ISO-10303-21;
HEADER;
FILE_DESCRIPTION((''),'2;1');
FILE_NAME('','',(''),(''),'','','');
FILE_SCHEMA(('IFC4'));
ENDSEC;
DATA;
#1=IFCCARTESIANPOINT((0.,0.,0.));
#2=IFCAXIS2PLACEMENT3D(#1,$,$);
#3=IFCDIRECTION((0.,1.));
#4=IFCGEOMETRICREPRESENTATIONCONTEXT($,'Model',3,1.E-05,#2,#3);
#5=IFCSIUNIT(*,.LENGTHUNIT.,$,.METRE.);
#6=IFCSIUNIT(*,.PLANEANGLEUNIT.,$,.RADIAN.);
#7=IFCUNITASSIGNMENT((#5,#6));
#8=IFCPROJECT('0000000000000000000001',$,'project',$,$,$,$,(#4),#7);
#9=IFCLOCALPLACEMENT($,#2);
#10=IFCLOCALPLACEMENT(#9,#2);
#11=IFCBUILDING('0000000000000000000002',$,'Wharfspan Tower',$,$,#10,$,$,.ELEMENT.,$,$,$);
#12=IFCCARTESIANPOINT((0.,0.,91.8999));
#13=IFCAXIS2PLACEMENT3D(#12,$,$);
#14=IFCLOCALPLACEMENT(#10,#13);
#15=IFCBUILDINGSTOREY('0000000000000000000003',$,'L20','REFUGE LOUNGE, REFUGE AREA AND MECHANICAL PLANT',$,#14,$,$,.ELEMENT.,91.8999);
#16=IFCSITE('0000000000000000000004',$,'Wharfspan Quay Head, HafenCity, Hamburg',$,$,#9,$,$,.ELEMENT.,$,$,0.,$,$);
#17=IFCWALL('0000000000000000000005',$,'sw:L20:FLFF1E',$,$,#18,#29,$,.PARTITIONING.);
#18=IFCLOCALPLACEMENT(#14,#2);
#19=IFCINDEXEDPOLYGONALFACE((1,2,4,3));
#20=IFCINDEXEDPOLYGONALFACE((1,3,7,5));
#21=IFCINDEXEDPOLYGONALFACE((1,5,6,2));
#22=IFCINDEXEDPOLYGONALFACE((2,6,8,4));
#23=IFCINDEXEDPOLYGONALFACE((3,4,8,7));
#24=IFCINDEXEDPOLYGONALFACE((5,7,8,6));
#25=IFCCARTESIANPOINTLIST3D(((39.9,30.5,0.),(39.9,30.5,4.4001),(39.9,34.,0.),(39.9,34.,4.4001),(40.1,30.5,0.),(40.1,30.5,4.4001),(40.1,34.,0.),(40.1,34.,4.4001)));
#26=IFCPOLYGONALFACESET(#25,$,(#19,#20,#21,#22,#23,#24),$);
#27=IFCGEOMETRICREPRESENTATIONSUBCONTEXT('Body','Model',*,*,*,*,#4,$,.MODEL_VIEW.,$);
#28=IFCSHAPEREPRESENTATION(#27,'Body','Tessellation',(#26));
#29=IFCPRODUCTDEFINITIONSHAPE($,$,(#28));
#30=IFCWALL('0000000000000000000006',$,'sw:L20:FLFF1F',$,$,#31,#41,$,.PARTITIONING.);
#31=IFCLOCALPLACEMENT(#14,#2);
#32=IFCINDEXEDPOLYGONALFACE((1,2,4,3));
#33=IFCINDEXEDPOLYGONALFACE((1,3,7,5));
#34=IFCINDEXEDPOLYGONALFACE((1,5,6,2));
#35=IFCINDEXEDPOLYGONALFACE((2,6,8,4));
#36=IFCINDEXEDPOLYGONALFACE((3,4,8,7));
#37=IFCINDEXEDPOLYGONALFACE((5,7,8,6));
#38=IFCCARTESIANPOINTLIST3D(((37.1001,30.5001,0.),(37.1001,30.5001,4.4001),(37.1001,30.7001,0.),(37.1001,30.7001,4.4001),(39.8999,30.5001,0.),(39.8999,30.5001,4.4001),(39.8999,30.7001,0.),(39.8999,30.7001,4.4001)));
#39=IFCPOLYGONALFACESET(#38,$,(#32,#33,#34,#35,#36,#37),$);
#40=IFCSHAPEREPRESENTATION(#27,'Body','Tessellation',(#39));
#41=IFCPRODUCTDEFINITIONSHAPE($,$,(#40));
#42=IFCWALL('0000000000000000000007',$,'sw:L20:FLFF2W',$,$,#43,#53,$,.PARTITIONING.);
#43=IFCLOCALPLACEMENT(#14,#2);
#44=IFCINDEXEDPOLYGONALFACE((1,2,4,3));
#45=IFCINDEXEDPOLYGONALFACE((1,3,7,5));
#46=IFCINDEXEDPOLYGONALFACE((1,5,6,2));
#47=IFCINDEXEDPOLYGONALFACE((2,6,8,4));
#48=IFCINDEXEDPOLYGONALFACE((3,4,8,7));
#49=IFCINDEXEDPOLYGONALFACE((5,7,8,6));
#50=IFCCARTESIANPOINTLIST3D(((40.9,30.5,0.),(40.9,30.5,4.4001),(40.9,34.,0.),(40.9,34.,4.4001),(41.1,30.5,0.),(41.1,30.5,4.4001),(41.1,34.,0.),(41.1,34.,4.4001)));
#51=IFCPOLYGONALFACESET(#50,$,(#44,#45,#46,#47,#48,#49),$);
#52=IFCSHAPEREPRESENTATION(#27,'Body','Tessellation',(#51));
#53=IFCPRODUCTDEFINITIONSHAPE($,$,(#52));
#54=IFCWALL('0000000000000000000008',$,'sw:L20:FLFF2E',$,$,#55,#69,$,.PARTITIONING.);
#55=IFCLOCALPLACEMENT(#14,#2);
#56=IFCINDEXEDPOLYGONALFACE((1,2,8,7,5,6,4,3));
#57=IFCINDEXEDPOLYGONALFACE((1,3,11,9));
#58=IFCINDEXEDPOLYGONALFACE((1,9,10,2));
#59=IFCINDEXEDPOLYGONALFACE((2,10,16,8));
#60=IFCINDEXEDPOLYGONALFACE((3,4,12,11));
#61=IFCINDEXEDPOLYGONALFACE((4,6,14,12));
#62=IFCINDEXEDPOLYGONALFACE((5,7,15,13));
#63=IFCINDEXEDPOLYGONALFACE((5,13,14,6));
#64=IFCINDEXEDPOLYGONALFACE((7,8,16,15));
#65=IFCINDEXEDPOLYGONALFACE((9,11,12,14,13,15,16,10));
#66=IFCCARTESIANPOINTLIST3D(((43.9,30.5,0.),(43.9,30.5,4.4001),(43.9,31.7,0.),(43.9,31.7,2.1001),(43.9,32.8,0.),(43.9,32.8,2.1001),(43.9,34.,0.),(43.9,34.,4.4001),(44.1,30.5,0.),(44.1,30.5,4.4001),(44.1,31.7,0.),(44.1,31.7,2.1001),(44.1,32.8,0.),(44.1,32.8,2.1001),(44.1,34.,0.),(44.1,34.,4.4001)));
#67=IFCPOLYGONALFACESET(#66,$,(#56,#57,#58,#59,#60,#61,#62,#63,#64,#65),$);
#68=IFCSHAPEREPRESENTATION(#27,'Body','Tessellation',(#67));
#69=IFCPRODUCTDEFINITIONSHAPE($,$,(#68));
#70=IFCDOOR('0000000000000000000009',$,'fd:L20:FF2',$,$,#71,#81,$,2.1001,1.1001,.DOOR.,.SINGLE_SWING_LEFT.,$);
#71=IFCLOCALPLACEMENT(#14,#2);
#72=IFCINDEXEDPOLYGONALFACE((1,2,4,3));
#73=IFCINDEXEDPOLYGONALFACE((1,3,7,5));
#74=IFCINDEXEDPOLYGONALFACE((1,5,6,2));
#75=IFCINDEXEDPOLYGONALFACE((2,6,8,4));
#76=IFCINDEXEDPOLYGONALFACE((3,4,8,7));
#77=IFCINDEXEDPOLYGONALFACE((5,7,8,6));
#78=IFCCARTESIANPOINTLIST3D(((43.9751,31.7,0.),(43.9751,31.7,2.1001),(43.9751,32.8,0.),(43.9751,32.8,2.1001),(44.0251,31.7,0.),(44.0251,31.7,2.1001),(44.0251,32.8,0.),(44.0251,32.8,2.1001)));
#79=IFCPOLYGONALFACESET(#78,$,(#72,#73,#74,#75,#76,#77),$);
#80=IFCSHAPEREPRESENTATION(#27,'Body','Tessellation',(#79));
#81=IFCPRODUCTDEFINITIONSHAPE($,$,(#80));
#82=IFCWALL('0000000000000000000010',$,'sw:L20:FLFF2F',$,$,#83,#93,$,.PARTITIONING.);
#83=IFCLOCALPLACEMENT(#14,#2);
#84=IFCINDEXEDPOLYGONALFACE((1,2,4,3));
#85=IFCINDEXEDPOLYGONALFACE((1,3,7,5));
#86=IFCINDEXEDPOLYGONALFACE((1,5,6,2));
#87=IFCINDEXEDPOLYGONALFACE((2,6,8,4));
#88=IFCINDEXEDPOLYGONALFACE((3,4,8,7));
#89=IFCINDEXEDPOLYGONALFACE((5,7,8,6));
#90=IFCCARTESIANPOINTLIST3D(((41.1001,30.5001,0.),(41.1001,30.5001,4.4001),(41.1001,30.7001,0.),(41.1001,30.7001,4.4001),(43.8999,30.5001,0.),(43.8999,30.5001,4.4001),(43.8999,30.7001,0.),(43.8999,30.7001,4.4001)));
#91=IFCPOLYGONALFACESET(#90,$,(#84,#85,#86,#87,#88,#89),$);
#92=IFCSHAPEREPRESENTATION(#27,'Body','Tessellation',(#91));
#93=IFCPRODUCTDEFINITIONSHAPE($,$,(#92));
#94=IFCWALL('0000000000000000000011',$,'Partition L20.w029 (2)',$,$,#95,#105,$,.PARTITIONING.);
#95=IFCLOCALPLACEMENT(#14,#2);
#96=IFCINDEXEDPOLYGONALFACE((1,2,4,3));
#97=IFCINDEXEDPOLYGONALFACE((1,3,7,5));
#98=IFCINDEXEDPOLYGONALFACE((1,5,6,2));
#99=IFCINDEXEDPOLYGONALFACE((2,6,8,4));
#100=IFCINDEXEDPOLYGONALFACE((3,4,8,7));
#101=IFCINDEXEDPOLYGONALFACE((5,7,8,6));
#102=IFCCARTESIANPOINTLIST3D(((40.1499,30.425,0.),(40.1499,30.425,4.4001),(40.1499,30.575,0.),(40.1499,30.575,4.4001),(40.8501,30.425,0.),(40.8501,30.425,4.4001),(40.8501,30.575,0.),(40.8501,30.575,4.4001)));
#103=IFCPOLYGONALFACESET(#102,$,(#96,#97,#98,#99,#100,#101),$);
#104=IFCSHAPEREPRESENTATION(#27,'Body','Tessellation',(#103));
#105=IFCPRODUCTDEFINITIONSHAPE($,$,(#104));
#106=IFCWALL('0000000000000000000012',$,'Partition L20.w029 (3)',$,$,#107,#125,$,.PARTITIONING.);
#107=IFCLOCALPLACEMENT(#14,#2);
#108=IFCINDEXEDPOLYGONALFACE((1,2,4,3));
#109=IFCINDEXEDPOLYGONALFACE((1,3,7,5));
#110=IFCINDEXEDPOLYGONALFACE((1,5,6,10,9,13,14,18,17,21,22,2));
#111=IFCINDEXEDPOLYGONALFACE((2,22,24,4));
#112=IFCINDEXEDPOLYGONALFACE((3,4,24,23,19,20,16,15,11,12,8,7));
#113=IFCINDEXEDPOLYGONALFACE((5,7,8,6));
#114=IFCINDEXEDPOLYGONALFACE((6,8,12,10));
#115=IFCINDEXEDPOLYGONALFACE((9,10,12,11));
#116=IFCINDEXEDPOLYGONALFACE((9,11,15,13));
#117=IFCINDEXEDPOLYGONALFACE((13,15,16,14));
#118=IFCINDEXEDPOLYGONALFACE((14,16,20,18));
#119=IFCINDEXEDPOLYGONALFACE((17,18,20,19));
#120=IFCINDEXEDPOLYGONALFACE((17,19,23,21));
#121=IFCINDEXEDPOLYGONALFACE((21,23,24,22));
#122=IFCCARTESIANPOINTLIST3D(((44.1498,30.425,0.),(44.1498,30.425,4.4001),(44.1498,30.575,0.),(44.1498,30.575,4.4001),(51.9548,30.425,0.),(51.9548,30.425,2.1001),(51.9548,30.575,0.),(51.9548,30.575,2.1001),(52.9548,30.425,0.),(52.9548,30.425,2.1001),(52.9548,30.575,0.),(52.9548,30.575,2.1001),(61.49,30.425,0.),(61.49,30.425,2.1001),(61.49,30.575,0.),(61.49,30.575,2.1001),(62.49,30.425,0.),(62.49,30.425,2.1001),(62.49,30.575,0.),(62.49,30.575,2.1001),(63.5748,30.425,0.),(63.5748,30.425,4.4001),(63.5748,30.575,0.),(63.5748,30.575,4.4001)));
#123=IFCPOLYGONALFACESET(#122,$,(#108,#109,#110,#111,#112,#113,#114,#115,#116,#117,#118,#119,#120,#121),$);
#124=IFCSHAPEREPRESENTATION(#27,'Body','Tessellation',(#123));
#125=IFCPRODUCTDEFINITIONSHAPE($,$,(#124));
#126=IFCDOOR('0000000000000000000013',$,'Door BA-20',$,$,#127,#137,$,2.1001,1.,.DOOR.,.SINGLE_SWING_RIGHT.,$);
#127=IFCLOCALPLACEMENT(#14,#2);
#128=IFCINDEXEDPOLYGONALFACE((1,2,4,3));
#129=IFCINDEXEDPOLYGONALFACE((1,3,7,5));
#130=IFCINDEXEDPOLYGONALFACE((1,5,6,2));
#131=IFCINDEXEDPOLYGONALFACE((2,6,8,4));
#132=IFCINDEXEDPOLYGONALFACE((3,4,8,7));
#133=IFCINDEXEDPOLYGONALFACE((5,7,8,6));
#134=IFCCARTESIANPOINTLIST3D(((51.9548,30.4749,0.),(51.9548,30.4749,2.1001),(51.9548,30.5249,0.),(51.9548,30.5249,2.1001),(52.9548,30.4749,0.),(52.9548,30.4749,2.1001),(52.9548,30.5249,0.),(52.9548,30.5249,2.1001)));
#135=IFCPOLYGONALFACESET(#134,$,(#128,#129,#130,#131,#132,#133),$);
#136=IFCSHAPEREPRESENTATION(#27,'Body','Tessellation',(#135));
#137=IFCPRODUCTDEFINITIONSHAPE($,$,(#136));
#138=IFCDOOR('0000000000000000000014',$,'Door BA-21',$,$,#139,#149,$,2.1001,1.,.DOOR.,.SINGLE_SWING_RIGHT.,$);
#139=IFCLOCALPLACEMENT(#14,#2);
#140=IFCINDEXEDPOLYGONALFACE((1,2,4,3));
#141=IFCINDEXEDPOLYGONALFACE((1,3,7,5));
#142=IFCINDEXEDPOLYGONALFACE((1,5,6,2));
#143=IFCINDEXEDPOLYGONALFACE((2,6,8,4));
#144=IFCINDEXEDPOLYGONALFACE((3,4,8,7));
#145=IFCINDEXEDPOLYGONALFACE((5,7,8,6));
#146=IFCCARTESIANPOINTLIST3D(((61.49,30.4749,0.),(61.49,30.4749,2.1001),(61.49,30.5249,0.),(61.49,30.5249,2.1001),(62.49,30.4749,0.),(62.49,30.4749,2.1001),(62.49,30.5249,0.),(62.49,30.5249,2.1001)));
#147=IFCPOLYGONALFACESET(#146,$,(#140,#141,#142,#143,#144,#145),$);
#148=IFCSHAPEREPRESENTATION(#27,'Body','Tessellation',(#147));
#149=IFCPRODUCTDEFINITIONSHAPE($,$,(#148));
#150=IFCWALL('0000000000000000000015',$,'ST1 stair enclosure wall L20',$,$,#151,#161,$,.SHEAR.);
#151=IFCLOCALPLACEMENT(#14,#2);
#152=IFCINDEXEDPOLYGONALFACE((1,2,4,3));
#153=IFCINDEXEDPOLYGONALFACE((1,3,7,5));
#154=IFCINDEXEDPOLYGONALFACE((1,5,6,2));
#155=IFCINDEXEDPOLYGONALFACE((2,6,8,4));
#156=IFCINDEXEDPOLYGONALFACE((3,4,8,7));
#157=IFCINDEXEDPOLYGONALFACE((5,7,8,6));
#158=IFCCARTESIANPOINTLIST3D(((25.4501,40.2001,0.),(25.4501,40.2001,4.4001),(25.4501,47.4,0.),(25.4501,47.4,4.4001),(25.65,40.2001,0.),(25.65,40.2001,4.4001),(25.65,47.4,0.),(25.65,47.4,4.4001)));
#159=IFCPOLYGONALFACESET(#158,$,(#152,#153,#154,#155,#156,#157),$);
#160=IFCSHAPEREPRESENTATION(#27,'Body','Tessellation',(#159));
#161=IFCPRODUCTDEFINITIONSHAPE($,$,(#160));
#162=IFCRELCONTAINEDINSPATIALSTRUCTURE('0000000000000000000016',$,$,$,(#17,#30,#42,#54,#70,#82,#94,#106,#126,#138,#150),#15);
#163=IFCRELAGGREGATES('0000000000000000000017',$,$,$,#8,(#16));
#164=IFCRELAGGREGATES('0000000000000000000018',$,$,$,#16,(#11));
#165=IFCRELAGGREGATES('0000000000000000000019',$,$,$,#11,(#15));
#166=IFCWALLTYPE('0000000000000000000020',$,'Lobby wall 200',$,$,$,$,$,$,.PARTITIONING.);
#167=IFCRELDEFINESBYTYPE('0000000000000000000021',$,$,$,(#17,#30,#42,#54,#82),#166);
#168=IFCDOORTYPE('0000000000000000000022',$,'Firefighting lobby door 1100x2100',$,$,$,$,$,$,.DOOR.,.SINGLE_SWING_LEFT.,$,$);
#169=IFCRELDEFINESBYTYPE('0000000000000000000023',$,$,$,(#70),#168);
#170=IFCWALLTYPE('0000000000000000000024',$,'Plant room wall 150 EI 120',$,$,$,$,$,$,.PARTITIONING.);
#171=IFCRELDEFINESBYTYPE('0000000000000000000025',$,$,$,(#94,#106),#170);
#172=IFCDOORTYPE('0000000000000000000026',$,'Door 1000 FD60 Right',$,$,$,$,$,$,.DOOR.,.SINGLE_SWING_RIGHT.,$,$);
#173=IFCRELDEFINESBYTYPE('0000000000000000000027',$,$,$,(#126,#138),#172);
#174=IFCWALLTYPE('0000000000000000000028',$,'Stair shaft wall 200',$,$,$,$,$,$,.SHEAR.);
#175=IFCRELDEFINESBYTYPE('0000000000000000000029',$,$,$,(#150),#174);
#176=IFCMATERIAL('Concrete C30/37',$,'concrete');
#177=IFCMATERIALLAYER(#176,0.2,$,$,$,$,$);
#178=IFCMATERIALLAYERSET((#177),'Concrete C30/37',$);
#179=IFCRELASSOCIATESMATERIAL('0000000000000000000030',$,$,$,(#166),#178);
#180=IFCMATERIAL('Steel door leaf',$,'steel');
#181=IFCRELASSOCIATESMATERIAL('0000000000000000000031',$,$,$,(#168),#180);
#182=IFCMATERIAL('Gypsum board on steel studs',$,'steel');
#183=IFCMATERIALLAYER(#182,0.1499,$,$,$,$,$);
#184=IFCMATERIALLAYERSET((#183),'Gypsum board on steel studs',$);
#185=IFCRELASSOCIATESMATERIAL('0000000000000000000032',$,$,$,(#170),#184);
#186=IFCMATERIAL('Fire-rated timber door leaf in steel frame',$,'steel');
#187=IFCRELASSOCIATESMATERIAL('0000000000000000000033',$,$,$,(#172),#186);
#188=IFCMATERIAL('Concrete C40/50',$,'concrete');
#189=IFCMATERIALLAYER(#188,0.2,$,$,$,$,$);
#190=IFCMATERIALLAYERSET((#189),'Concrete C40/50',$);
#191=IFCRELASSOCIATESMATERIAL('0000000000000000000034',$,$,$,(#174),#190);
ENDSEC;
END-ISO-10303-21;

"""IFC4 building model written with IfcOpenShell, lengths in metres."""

from ifc_helpers import new_model, si_unit, direction, frame, frame_2d, origin, place, context, subcontext, project, spatial, rectangle, extrude, material, layer, layer_set, type_object, element, fill, save


model = new_model("IFC4")

# Units and contexts
model_context = context("Model", 3, precision=1e-05, world=origin(), true_north=direction((0.0, 1.0)))
body_context = subcontext(model_context, "Body", "Model", "MODEL_VIEW")
ifc_project = project(units=[si_unit("LENGTHUNIT", "METRE"), si_unit("PLANEANGLEUNIT", "RADIAN")], contexts=[model_context])

# Site, building, storey
site_placement = place(None, origin())
site = spatial("IfcSite", under=ifc_project, at=site_placement, Name="Wharfspan Quay Head, HafenCity, Hamburg", CompositionType="ELEMENT", RefElevation=0.0)
building_placement = place(site_placement, origin())
building = spatial("IfcBuilding", under=site, at=building_placement, Name="Wharfspan Tower", CompositionType="ELEMENT")
storey_placement = place(building_placement, frame((0.0, 0.0, 91.8999)))
storey = spatial("IfcBuildingStorey", under=building, at=storey_placement, Name="L20", Description="REFUGE LOUNGE, REFUGE AREA AND MECHANICAL PLANT", CompositionType="ELEMENT", Elevation=91.8999)

# Shared definitions
ifc_material_1 = material(Name="Steel door leaf", Category="steel")

# Shared definitions
ifc_material_2 = material(Name="Concrete C30/37", Category="concrete")
ifc_layer_1 = layer(ifc_material_2, 0.2)
ifc_layer_set_1 = layer_set([ifc_layer_1], Name="Concrete C30/37")
wall_type_1 = type_object("IfcWallType", Name="Lobby wall 200", PredefinedType="PARTITIONING", material=ifc_layer_set_1)
door_type_1 = type_object("IfcDoorType", Name="Firefighting lobby door 1100x2100", OperationType="SINGLE_SWING_LEFT", PredefinedType="DOOR", material=ifc_material_1)

# Walls
wall_1_placement = place(storey_placement, frame((40.0, 30.5, 0.0), z_axis=(0.0, 0.0, 1.0), x_axis=(0.0, 1.0, 0.0)))
element("IfcWall", 1, at=wall_1_placement, inside=storey, type_object=wall_type_1, Name="sw:L20:FLFF1E", PredefinedType="PARTITIONING", context=body_context, shape_type="SweptSolid", body=[
    extrude(rectangle(XDim=3.5, YDim=0.2, at=frame_2d((1.75, 0.0))), origin(), (0.0, 0.0, 1.0), 4.4001),
])
wall_2_placement = place(storey_placement, frame((37.1001, 30.6001, 0.0), z_axis=(0.0, 0.0, 1.0), x_axis=(1.0, 0.0, 0.0)))
element("IfcWall", 2, at=wall_2_placement, inside=storey, type_object=wall_type_1, Name="sw:L20:FLFF1F", PredefinedType="PARTITIONING", context=body_context, shape_type="SweptSolid", body=[
    extrude(rectangle(XDim=2.7998, YDim=0.2, at=frame_2d((1.3999, 0.0))), origin(), (0.0, 0.0, 1.0), 4.4001),
])
wall_3_placement = place(storey_placement, frame((41.0, 30.5, 0.0), z_axis=(0.0, 0.0, 1.0), x_axis=(0.0, 1.0, 0.0)))
element("IfcWall", 3, at=wall_3_placement, inside=storey, type_object=wall_type_1, Name="sw:L20:FLFF2W", PredefinedType="PARTITIONING", context=body_context, shape_type="SweptSolid", body=[
    extrude(rectangle(XDim=3.5, YDim=0.2, at=frame_2d((1.75, 0.0))), origin(), (0.0, 0.0, 1.0), 4.4001),
])

# Wall, opening, door
wall_4_placement = place(storey_placement, frame((44.0, 30.5, 0.0), z_axis=(0.0, 0.0, 1.0), x_axis=(0.0, 1.0, 0.0)))
wall_4 = element("IfcWall", 4, at=wall_4_placement, inside=storey, type_object=wall_type_1, Name="sw:L20:FLFF2E", PredefinedType="PARTITIONING", context=body_context, shape_type="SweptSolid", body=[
    extrude(rectangle(XDim=3.5, YDim=0.2, at=frame_2d((1.75, 0.0))), origin(), (0.0, 0.0, 1.0), 4.4001),
])
opening_1_placement = place(wall_4_placement, frame((1.2, 0.0, 0.0)))
opening_1 = element("IfcOpeningElement", 5, at=opening_1_placement, cuts=wall_4, PredefinedType="OPENING", context=body_context, shape_type="SweptSolid", body=[
    extrude(rectangle(XDim=1.1001, YDim=2.1001, at=frame_2d((0.55, 1.05))), frame((0.0, 0.1099, 0.0), z_axis=(0.0, -1.0, 0.0), x_axis=(1.0, 0.0, 0.0)), (0.0, 0.0, 1.0), 0.22),
])
door_1_placement = place(opening_1_placement, origin())
door_1 = element("IfcDoor", 6, at=door_1_placement, inside=storey, type_object=door_type_1, Name="fd:L20:FF2", OperationType="SINGLE_SWING_LEFT", OverallHeight=2.1001, OverallWidth=1.1001, PredefinedType="DOOR", context=body_context, shape_type="SweptSolid", body=[
    extrude(rectangle(XDim=1.1001, YDim=2.1001, at=frame_2d((0.55, 1.05))), frame((0.0, 0.0249, 0.0), z_axis=(0.0, -1.0, 0.0), x_axis=(1.0, 0.0, 0.0)), (0.0, 0.0, 1.0), 0.05),
])
fill(opening_1, door_1)

# Walls
wall_5_placement = place(storey_placement, frame((41.1001, 30.6001, 0.0), z_axis=(0.0, 0.0, 1.0), x_axis=(1.0, 0.0, 0.0)))
element("IfcWall", 7, at=wall_5_placement, inside=storey, type_object=wall_type_1, Name="sw:L20:FLFF2F", PredefinedType="PARTITIONING", context=body_context, shape_type="SweptSolid", body=[
    extrude(rectangle(XDim=2.7998, YDim=0.2, at=frame_2d((1.3999, 0.0))), origin(), (0.0, 0.0, 1.0), 4.4001),
])
ifc_material_3 = material(Name="Gypsum board on steel studs", Category="steel")
ifc_layer_2 = layer(ifc_material_3, 0.1499)
ifc_layer_set_2 = layer_set([ifc_layer_2], Name="Gypsum board on steel studs")
wall_type_2 = type_object("IfcWallType", Name="Plant room wall 150 EI 120", PredefinedType="PARTITIONING", material=ifc_layer_set_2)
wall_6_placement = place(storey_placement, frame((40.1499, 30.5, 0.0), z_axis=(0.0, 0.0, 1.0), x_axis=(1.0, 0.0, 0.0)))
element("IfcWall", 8, at=wall_6_placement, inside=storey, type_object=wall_type_2, Name="Partition L20.w029 (2)", PredefinedType="PARTITIONING", context=body_context, shape_type="SweptSolid", body=[
    extrude(rectangle(XDim=0.7002, YDim=0.1499, at=frame_2d((0.3501, 0.0))), origin(), (0.0, 0.0, 1.0), 4.4001),
])

# Wall, openings, doors
wall_7_placement = place(storey_placement, frame((44.1499, 30.5, 0.0), z_axis=(0.0, 0.0, 1.0), x_axis=(1.0, 0.0, 0.0)))
wall_7 = element("IfcWall", 9, at=wall_7_placement, inside=storey, type_object=wall_type_2, Name="Partition L20.w029 (3)", PredefinedType="PARTITIONING", context=body_context, shape_type="SweptSolid", body=[
    extrude(rectangle(XDim=19.425, YDim=0.1499, at=frame_2d((9.7124, 0.0))), origin(), (0.0, 0.0, 1.0), 4.4001),
])
opening_2_placement = place(wall_7_placement, frame((7.8049, 0.0, 0.0)))
opening_2 = element("IfcOpeningElement", 10, at=opening_2_placement, cuts=wall_7, PredefinedType="OPENING", context=body_context, shape_type="SweptSolid", body=[
    extrude(rectangle(XDim=1.0, YDim=2.1001, at=frame_2d((0.5, 1.05))), frame((0.0, 0.085, 0.0), z_axis=(0.0, -1.0, 0.0), x_axis=(1.0, 0.0, 0.0)), (0.0, 0.0, 1.0), 0.1699),
])
opening_3_placement = place(wall_7_placement, frame((17.3401, 0.0, 0.0)))
opening_3 = element("IfcOpeningElement", 11, at=opening_3_placement, cuts=wall_7, PredefinedType="OPENING", context=body_context, shape_type="SweptSolid", body=[
    extrude(rectangle(XDim=1.0, YDim=2.1001, at=frame_2d((0.5, 1.05))), frame((0.0, 0.085, 0.0), z_axis=(0.0, -1.0, 0.0), x_axis=(1.0, 0.0, 0.0)), (0.0, 0.0, 1.0), 0.1699),
])
ifc_material_4 = material(Name="Fire-rated timber door leaf in steel frame", Category="steel")
door_type_2 = type_object("IfcDoorType", Name="Door 1000 FD60 Right", OperationType="SINGLE_SWING_RIGHT", PredefinedType="DOOR", material=ifc_material_4)
door_2_placement = place(opening_2_placement, origin())
door_2 = element("IfcDoor", 12, at=door_2_placement, inside=storey, type_object=door_type_2, Name="Door BA-20", OperationType="SINGLE_SWING_RIGHT", OverallHeight=2.1001, OverallWidth=1.0, PredefinedType="DOOR", context=body_context, shape_type="SweptSolid", body=[
    extrude(rectangle(XDim=1.0, YDim=2.1001, at=frame_2d((0.5, 1.05))), frame((0.0, 0.0249, 0.0), z_axis=(0.0, -1.0, 0.0), x_axis=(1.0, 0.0, 0.0)), (0.0, 0.0, 1.0), 0.05),
])
fill(opening_2, door_2)
door_3_placement = place(opening_3_placement, origin())
door_3 = element("IfcDoor", 13, at=door_3_placement, inside=storey, type_object=door_type_2, Name="Door BA-21", OperationType="SINGLE_SWING_RIGHT", OverallHeight=2.1001, OverallWidth=1.0, PredefinedType="DOOR", context=body_context, shape_type="SweptSolid", body=[
    extrude(rectangle(XDim=1.0, YDim=2.1001, at=frame_2d((0.5, 1.05))), frame((0.0, 0.0249, 0.0), z_axis=(0.0, -1.0, 0.0), x_axis=(1.0, 0.0, 0.0)), (0.0, 0.0, 1.0), 0.05),
])
fill(opening_3, door_3)

# Wall
ifc_material_5 = material(Name="Concrete C40/50", Category="concrete")
ifc_layer_3 = layer(ifc_material_5, 0.2)
ifc_layer_set_3 = layer_set([ifc_layer_3], Name="Concrete C40/50")
wall_type_3 = type_object("IfcWallType", Name="Stair shaft wall 200", PredefinedType="SHEAR", material=ifc_layer_set_3)
wall_8_placement = place(storey_placement, frame((25.55, 40.2, 0.0), z_axis=(0.0, 0.0, 1.0), x_axis=(0.0, 1.0, 0.0)))
element("IfcWall", 14, at=wall_8_placement, inside=storey, type_object=wall_type_3, Name="ST1 stair enclosure wall L20", PredefinedType="SHEAR", context=body_context, shape_type="SweptSolid", body=[
    extrude(rectangle(XDim=7.2, YDim=0.2, at=frame_2d((3.6001, 0.0))), origin(), (0.0, 0.0, 1.0), 4.4001),
])

save(model, "model.ifc")
